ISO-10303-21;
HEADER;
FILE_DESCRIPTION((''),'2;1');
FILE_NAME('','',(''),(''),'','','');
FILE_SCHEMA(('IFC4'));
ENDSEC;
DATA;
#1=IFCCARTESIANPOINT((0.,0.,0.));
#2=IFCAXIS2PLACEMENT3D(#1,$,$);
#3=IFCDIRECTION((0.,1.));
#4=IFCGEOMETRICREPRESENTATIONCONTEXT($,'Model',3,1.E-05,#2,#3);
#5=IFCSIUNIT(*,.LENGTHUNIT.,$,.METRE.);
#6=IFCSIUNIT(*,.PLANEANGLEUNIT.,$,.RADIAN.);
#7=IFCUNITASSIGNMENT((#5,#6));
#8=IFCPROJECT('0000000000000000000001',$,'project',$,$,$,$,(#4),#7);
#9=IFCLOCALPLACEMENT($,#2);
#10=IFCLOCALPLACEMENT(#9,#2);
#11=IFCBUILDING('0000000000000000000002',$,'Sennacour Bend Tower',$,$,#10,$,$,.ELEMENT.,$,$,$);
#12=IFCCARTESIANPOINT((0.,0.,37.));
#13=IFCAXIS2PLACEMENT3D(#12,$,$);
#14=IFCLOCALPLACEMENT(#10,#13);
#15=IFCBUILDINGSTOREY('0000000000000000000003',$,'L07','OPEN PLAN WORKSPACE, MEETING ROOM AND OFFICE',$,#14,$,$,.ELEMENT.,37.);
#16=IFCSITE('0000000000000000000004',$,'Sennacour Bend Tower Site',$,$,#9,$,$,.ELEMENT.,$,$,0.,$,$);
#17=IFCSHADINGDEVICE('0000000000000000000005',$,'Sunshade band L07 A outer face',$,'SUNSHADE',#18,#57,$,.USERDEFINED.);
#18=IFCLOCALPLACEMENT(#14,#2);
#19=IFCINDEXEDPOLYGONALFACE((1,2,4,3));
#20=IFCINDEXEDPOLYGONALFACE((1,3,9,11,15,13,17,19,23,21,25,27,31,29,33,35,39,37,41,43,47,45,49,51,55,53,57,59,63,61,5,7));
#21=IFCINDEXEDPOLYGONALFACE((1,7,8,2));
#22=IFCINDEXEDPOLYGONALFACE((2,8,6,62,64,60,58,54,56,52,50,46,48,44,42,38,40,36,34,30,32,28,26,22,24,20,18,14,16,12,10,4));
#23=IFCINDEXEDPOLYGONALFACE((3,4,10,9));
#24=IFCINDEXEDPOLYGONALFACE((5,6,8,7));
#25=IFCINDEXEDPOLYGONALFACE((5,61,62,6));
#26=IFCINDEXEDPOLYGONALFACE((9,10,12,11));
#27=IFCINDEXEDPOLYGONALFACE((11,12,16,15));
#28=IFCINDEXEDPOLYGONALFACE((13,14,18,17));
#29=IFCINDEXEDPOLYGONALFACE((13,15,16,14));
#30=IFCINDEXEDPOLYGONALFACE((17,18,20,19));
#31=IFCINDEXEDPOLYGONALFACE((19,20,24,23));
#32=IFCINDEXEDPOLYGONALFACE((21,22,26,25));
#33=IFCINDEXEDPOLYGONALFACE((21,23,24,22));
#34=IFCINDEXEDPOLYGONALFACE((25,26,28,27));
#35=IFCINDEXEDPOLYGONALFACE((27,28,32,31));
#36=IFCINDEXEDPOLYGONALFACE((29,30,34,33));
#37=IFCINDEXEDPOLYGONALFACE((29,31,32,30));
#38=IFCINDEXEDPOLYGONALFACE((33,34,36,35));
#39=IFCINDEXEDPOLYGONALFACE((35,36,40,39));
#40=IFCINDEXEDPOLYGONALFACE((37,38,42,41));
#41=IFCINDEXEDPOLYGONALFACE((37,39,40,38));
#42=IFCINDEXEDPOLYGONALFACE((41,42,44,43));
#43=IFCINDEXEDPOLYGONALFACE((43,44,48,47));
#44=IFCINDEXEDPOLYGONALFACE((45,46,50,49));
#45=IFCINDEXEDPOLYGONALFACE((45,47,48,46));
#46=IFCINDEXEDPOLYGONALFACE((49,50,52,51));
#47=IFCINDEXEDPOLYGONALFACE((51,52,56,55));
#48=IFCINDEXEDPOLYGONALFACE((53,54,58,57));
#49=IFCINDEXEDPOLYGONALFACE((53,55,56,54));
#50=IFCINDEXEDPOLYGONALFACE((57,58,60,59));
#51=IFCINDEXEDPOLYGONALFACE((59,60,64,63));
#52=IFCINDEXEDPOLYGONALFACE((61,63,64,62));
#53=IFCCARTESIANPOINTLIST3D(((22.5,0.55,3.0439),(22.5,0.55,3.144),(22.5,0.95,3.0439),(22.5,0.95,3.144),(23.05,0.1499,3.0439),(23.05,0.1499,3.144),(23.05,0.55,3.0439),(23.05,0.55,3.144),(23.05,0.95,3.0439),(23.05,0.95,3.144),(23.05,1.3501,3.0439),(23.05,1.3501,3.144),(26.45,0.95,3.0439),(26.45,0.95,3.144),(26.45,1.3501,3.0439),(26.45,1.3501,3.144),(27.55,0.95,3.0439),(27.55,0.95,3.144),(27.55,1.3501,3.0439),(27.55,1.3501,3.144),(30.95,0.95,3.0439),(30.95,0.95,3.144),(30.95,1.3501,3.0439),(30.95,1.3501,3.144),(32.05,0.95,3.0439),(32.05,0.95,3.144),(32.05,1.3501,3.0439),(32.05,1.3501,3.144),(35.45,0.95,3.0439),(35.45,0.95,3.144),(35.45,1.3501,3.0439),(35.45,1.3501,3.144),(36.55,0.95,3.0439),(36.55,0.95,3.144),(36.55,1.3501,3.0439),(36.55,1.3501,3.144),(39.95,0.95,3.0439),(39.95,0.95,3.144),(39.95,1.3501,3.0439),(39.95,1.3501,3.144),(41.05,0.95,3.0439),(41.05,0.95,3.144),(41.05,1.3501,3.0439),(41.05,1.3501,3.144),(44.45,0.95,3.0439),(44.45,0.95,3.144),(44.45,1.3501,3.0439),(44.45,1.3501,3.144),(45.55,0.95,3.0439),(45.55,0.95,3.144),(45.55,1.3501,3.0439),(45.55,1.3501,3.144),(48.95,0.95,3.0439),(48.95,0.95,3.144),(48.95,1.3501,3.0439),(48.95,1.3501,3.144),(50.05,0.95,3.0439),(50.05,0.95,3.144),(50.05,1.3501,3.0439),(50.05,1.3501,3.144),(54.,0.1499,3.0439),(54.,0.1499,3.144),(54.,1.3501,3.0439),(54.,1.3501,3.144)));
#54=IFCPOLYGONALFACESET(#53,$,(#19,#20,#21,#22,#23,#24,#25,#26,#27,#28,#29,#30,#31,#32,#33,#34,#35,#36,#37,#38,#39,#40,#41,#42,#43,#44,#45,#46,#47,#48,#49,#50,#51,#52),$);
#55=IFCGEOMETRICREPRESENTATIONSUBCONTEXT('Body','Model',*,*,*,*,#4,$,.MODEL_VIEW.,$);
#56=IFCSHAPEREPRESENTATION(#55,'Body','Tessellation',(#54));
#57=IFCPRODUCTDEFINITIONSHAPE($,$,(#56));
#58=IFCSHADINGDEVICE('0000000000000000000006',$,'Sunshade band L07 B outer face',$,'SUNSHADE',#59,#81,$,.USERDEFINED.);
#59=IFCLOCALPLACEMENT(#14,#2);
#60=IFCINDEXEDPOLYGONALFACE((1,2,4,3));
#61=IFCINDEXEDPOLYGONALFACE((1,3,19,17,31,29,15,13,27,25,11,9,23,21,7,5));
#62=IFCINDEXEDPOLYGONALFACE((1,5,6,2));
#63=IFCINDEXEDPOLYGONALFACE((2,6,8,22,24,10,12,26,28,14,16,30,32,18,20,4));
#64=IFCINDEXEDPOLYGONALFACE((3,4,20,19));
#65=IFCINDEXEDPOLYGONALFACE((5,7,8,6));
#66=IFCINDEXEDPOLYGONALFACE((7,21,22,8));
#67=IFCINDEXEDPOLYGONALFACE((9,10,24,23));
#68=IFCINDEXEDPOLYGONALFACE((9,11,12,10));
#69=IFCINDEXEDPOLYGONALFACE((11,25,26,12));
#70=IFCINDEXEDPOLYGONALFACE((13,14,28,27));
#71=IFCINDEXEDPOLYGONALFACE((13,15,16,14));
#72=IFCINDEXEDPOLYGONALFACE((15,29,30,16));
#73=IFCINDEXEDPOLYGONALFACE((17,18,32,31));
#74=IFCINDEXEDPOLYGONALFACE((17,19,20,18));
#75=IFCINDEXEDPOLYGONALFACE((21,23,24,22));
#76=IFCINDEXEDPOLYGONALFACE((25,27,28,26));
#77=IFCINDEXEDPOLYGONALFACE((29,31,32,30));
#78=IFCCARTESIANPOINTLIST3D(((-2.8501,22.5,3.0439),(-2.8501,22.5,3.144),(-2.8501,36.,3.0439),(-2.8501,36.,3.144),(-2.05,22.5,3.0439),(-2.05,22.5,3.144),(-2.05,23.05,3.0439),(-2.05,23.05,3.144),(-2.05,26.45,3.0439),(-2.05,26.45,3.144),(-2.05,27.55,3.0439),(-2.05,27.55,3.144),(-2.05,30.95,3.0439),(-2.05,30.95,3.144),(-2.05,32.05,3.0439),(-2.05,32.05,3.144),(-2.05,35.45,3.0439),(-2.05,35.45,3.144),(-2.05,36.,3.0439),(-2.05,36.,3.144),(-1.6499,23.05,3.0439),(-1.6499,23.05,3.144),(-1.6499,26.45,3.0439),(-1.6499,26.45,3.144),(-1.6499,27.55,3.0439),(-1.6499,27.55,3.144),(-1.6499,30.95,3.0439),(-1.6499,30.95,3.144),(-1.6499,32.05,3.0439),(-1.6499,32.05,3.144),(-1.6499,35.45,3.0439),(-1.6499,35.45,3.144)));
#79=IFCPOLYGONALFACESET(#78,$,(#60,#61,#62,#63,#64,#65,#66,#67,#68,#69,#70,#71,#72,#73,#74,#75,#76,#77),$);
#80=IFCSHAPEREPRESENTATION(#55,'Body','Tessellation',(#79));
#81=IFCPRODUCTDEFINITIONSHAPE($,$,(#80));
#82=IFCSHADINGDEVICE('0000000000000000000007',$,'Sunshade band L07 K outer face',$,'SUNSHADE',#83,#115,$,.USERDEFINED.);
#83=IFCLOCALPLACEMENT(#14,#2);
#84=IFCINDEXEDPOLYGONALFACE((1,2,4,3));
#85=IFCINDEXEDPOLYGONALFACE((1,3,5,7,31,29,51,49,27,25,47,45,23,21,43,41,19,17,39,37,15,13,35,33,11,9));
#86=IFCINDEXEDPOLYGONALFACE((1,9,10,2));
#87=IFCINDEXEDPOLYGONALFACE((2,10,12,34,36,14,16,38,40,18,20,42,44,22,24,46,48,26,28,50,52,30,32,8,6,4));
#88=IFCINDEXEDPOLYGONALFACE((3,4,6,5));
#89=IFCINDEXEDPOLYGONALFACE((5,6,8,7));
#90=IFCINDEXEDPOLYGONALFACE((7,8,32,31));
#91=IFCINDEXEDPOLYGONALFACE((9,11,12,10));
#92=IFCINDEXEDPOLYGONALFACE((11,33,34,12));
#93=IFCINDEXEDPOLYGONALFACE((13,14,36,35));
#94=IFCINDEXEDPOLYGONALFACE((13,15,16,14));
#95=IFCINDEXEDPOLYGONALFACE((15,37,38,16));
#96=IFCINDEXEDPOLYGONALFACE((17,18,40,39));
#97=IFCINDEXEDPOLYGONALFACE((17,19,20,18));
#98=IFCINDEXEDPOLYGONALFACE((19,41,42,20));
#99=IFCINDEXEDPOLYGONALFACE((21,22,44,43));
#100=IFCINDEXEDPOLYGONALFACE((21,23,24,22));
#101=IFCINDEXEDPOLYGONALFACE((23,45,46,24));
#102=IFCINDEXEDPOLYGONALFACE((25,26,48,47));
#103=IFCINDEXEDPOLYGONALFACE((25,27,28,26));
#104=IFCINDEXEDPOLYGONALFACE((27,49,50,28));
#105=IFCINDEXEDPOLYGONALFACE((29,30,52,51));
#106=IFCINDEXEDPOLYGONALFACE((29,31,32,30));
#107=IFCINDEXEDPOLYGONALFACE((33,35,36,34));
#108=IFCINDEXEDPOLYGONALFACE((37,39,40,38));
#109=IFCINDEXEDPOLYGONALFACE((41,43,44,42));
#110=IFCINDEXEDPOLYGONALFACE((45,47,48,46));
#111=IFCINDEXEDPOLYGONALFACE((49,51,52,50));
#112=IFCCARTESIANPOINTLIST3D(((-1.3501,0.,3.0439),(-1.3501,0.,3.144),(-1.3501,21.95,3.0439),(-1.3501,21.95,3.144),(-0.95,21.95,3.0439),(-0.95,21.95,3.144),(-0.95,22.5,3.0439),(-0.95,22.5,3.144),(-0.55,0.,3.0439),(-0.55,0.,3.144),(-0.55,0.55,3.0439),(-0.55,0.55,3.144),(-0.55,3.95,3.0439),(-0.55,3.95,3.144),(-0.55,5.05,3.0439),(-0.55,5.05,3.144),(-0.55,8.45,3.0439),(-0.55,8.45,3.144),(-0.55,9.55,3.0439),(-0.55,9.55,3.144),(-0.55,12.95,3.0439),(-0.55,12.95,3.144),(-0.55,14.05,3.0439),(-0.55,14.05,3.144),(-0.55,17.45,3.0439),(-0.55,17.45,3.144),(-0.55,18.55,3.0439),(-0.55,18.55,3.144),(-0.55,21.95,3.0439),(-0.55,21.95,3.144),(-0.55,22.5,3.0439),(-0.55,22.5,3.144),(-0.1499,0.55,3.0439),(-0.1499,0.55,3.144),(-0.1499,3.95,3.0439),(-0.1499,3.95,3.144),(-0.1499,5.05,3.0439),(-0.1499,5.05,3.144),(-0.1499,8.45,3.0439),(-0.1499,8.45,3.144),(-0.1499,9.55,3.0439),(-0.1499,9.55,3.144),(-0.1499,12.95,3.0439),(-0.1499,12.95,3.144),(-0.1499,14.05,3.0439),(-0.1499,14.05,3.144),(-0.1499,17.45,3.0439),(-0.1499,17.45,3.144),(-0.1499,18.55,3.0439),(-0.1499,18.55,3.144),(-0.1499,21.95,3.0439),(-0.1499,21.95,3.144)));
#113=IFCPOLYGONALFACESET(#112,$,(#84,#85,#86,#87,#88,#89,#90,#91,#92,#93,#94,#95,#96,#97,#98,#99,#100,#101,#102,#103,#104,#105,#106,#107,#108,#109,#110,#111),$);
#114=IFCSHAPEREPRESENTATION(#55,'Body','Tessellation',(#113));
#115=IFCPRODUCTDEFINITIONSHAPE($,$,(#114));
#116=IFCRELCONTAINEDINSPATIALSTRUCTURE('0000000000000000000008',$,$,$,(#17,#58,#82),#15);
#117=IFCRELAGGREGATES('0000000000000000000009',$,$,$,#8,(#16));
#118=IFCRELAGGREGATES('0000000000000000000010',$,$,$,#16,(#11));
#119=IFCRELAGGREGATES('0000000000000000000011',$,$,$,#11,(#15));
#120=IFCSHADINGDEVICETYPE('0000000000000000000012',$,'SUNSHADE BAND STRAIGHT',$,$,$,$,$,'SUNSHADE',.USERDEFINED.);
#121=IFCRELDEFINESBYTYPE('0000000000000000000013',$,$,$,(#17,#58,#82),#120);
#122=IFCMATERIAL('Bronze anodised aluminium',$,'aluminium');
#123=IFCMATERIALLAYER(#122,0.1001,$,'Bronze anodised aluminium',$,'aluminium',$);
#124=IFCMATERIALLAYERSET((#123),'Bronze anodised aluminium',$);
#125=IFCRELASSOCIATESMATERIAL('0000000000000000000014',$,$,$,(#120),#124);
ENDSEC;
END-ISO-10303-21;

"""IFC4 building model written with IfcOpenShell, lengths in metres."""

from ifc_helpers import new_model, si_unit, direction, frame, origin, place, context, subcontext, project, spatial, polyline, outline, extrude, material, layer, layer_set, type_object, element, save


model = new_model("IFC4")

# Units and contexts
model_context = context("Model", 3, precision=1e-05, world=origin(), true_north=direction((0.0, 1.0)))
body_context = subcontext(model_context, "Body", "Model", "MODEL_VIEW")
ifc_project = project(units=[si_unit("LENGTHUNIT", "METRE"), si_unit("PLANEANGLEUNIT", "RADIAN")], contexts=[model_context])

# Site, building, storey
site_placement = place(None, origin())
site = spatial("IfcSite", under=ifc_project, at=site_placement, Name="Sennacour Bend Tower Site", CompositionType="ELEMENT", RefElevation=0.0)
building_placement = place(site_placement, origin())
building = spatial("IfcBuilding", under=site, at=building_placement, Name="Sennacour Bend Tower", CompositionType="ELEMENT")
storey_placement = place(building_placement, frame((0.0, 0.0, 37.0)))
storey = spatial("IfcBuildingStorey", under=building, at=storey_placement, Name="L07", Description="OPEN PLAN WORKSPACE, MEETING ROOM AND OFFICE", CompositionType="ELEMENT", Elevation=37.0)

# Shading devices
ifc_material_1 = material(Name="Bronze anodised aluminium", Category="aluminium")
ifc_layer_1 = layer(ifc_material_1, 0.1001, Name="Bronze anodised aluminium", Category="aluminium")
ifc_layer_set_1 = layer_set([ifc_layer_1], Name="Bronze anodised aluminium")
shading_device_type_1 = type_object("IfcShadingDeviceType", Name="SUNSHADE BAND STRAIGHT", ElementType="SUNSHADE", PredefinedType="USERDEFINED", material=ifc_layer_set_1)
shading_device_1_placement = place(storey_placement, frame((0.0, 0.0, 3.0439)))
element("IfcShadingDevice", 1, at=shading_device_1_placement, inside=storey, type_object=shading_device_type_1, Name="Sunshade band L07 A outer face", ObjectType="SUNSHADE", PredefinedType="USERDEFINED", context=body_context, shape_type="SweptSolid", body=[
    extrude(outline(polyline([(26.45, 1.3501), (26.45, 0.95), (27.55, 0.95), (27.55, 1.3501), (30.95, 1.3501), (30.95, 0.95), (32.05, 0.95), (32.05, 1.3501), (35.45, 1.3501), (35.45, 0.95), (36.55, 0.95), (36.55, 1.3501), (39.95, 1.3501), (39.95, 0.95), (41.05, 0.95), (41.05, 1.3501), (44.45, 1.3501), (44.45, 0.95), (45.55, 0.95), (45.55, 1.3501), (48.95, 1.3501), (48.95, 0.95), (50.05, 0.95), (50.05, 1.3501), (54.0, 1.3501), (54.0, 0.1499), (23.05, 0.1499), (23.05, 0.55), (22.5, 0.55), (22.5, 0.95), (23.05, 0.95), (23.05, 1.3501), (26.45, 1.3501)])), origin(), (0.0, 0.0, 1.0), 0.1001),
])
shading_device_2_placement = place(storey_placement, frame((0.0, 0.0, 3.0439)))
element("IfcShadingDevice", 2, at=shading_device_2_placement, inside=storey, type_object=shading_device_type_1, Name="Sunshade band L07 B outer face", ObjectType="SUNSHADE", PredefinedType="USERDEFINED", context=body_context, shape_type="SweptSolid", body=[
    extrude(outline(polyline([(-1.6499, 32.05), (-2.05, 32.05), (-2.05, 30.95), (-1.6499, 30.95), (-1.6499, 27.55), (-2.05, 27.55), (-2.05, 26.45), (-1.6499, 26.45), (-1.6499, 23.05), (-2.05, 23.05), (-2.05, 22.5), (-2.8501, 22.5), (-2.8501, 36.0), (-2.05, 36.0), (-2.05, 35.45), (-1.6499, 35.45), (-1.6499, 32.05)])), origin(), (0.0, 0.0, 1.0), 0.1001),
])
shading_device_3_placement = place(storey_placement, frame((0.0, 0.0, 3.0439)))
element("IfcShadingDevice", 3, at=shading_device_3_placement, inside=storey, type_object=shading_device_type_1, Name="Sunshade band L07 K outer face", ObjectType="SUNSHADE", PredefinedType="USERDEFINED", context=body_context, shape_type="SweptSolid", body=[
    extrude(outline(polyline([(-0.1499, 18.55), (-0.55, 18.55), (-0.55, 17.45), (-0.1499, 17.45), (-0.1499, 14.05), (-0.55, 14.05), (-0.55, 12.95), (-0.1499, 12.95), (-0.1499, 9.55), (-0.55, 9.55), (-0.55, 8.45), (-0.1499, 8.45), (-0.1499, 5.05), (-0.55, 5.05), (-0.55, 3.95), (-0.1499, 3.95), (-0.1499, 0.55), (-0.55, 0.55), (-0.55, 0.0), (-1.3501, 0.0), (-1.3501, 21.95), (-0.95, 21.95), (-0.95, 22.5), (-0.55, 22.5), (-0.55, 21.95), (-0.1499, 21.95), (-0.1499, 18.55)])), origin(), (0.0, 0.0, 1.0), 0.1001),
])

save(model, "model.ifc")
